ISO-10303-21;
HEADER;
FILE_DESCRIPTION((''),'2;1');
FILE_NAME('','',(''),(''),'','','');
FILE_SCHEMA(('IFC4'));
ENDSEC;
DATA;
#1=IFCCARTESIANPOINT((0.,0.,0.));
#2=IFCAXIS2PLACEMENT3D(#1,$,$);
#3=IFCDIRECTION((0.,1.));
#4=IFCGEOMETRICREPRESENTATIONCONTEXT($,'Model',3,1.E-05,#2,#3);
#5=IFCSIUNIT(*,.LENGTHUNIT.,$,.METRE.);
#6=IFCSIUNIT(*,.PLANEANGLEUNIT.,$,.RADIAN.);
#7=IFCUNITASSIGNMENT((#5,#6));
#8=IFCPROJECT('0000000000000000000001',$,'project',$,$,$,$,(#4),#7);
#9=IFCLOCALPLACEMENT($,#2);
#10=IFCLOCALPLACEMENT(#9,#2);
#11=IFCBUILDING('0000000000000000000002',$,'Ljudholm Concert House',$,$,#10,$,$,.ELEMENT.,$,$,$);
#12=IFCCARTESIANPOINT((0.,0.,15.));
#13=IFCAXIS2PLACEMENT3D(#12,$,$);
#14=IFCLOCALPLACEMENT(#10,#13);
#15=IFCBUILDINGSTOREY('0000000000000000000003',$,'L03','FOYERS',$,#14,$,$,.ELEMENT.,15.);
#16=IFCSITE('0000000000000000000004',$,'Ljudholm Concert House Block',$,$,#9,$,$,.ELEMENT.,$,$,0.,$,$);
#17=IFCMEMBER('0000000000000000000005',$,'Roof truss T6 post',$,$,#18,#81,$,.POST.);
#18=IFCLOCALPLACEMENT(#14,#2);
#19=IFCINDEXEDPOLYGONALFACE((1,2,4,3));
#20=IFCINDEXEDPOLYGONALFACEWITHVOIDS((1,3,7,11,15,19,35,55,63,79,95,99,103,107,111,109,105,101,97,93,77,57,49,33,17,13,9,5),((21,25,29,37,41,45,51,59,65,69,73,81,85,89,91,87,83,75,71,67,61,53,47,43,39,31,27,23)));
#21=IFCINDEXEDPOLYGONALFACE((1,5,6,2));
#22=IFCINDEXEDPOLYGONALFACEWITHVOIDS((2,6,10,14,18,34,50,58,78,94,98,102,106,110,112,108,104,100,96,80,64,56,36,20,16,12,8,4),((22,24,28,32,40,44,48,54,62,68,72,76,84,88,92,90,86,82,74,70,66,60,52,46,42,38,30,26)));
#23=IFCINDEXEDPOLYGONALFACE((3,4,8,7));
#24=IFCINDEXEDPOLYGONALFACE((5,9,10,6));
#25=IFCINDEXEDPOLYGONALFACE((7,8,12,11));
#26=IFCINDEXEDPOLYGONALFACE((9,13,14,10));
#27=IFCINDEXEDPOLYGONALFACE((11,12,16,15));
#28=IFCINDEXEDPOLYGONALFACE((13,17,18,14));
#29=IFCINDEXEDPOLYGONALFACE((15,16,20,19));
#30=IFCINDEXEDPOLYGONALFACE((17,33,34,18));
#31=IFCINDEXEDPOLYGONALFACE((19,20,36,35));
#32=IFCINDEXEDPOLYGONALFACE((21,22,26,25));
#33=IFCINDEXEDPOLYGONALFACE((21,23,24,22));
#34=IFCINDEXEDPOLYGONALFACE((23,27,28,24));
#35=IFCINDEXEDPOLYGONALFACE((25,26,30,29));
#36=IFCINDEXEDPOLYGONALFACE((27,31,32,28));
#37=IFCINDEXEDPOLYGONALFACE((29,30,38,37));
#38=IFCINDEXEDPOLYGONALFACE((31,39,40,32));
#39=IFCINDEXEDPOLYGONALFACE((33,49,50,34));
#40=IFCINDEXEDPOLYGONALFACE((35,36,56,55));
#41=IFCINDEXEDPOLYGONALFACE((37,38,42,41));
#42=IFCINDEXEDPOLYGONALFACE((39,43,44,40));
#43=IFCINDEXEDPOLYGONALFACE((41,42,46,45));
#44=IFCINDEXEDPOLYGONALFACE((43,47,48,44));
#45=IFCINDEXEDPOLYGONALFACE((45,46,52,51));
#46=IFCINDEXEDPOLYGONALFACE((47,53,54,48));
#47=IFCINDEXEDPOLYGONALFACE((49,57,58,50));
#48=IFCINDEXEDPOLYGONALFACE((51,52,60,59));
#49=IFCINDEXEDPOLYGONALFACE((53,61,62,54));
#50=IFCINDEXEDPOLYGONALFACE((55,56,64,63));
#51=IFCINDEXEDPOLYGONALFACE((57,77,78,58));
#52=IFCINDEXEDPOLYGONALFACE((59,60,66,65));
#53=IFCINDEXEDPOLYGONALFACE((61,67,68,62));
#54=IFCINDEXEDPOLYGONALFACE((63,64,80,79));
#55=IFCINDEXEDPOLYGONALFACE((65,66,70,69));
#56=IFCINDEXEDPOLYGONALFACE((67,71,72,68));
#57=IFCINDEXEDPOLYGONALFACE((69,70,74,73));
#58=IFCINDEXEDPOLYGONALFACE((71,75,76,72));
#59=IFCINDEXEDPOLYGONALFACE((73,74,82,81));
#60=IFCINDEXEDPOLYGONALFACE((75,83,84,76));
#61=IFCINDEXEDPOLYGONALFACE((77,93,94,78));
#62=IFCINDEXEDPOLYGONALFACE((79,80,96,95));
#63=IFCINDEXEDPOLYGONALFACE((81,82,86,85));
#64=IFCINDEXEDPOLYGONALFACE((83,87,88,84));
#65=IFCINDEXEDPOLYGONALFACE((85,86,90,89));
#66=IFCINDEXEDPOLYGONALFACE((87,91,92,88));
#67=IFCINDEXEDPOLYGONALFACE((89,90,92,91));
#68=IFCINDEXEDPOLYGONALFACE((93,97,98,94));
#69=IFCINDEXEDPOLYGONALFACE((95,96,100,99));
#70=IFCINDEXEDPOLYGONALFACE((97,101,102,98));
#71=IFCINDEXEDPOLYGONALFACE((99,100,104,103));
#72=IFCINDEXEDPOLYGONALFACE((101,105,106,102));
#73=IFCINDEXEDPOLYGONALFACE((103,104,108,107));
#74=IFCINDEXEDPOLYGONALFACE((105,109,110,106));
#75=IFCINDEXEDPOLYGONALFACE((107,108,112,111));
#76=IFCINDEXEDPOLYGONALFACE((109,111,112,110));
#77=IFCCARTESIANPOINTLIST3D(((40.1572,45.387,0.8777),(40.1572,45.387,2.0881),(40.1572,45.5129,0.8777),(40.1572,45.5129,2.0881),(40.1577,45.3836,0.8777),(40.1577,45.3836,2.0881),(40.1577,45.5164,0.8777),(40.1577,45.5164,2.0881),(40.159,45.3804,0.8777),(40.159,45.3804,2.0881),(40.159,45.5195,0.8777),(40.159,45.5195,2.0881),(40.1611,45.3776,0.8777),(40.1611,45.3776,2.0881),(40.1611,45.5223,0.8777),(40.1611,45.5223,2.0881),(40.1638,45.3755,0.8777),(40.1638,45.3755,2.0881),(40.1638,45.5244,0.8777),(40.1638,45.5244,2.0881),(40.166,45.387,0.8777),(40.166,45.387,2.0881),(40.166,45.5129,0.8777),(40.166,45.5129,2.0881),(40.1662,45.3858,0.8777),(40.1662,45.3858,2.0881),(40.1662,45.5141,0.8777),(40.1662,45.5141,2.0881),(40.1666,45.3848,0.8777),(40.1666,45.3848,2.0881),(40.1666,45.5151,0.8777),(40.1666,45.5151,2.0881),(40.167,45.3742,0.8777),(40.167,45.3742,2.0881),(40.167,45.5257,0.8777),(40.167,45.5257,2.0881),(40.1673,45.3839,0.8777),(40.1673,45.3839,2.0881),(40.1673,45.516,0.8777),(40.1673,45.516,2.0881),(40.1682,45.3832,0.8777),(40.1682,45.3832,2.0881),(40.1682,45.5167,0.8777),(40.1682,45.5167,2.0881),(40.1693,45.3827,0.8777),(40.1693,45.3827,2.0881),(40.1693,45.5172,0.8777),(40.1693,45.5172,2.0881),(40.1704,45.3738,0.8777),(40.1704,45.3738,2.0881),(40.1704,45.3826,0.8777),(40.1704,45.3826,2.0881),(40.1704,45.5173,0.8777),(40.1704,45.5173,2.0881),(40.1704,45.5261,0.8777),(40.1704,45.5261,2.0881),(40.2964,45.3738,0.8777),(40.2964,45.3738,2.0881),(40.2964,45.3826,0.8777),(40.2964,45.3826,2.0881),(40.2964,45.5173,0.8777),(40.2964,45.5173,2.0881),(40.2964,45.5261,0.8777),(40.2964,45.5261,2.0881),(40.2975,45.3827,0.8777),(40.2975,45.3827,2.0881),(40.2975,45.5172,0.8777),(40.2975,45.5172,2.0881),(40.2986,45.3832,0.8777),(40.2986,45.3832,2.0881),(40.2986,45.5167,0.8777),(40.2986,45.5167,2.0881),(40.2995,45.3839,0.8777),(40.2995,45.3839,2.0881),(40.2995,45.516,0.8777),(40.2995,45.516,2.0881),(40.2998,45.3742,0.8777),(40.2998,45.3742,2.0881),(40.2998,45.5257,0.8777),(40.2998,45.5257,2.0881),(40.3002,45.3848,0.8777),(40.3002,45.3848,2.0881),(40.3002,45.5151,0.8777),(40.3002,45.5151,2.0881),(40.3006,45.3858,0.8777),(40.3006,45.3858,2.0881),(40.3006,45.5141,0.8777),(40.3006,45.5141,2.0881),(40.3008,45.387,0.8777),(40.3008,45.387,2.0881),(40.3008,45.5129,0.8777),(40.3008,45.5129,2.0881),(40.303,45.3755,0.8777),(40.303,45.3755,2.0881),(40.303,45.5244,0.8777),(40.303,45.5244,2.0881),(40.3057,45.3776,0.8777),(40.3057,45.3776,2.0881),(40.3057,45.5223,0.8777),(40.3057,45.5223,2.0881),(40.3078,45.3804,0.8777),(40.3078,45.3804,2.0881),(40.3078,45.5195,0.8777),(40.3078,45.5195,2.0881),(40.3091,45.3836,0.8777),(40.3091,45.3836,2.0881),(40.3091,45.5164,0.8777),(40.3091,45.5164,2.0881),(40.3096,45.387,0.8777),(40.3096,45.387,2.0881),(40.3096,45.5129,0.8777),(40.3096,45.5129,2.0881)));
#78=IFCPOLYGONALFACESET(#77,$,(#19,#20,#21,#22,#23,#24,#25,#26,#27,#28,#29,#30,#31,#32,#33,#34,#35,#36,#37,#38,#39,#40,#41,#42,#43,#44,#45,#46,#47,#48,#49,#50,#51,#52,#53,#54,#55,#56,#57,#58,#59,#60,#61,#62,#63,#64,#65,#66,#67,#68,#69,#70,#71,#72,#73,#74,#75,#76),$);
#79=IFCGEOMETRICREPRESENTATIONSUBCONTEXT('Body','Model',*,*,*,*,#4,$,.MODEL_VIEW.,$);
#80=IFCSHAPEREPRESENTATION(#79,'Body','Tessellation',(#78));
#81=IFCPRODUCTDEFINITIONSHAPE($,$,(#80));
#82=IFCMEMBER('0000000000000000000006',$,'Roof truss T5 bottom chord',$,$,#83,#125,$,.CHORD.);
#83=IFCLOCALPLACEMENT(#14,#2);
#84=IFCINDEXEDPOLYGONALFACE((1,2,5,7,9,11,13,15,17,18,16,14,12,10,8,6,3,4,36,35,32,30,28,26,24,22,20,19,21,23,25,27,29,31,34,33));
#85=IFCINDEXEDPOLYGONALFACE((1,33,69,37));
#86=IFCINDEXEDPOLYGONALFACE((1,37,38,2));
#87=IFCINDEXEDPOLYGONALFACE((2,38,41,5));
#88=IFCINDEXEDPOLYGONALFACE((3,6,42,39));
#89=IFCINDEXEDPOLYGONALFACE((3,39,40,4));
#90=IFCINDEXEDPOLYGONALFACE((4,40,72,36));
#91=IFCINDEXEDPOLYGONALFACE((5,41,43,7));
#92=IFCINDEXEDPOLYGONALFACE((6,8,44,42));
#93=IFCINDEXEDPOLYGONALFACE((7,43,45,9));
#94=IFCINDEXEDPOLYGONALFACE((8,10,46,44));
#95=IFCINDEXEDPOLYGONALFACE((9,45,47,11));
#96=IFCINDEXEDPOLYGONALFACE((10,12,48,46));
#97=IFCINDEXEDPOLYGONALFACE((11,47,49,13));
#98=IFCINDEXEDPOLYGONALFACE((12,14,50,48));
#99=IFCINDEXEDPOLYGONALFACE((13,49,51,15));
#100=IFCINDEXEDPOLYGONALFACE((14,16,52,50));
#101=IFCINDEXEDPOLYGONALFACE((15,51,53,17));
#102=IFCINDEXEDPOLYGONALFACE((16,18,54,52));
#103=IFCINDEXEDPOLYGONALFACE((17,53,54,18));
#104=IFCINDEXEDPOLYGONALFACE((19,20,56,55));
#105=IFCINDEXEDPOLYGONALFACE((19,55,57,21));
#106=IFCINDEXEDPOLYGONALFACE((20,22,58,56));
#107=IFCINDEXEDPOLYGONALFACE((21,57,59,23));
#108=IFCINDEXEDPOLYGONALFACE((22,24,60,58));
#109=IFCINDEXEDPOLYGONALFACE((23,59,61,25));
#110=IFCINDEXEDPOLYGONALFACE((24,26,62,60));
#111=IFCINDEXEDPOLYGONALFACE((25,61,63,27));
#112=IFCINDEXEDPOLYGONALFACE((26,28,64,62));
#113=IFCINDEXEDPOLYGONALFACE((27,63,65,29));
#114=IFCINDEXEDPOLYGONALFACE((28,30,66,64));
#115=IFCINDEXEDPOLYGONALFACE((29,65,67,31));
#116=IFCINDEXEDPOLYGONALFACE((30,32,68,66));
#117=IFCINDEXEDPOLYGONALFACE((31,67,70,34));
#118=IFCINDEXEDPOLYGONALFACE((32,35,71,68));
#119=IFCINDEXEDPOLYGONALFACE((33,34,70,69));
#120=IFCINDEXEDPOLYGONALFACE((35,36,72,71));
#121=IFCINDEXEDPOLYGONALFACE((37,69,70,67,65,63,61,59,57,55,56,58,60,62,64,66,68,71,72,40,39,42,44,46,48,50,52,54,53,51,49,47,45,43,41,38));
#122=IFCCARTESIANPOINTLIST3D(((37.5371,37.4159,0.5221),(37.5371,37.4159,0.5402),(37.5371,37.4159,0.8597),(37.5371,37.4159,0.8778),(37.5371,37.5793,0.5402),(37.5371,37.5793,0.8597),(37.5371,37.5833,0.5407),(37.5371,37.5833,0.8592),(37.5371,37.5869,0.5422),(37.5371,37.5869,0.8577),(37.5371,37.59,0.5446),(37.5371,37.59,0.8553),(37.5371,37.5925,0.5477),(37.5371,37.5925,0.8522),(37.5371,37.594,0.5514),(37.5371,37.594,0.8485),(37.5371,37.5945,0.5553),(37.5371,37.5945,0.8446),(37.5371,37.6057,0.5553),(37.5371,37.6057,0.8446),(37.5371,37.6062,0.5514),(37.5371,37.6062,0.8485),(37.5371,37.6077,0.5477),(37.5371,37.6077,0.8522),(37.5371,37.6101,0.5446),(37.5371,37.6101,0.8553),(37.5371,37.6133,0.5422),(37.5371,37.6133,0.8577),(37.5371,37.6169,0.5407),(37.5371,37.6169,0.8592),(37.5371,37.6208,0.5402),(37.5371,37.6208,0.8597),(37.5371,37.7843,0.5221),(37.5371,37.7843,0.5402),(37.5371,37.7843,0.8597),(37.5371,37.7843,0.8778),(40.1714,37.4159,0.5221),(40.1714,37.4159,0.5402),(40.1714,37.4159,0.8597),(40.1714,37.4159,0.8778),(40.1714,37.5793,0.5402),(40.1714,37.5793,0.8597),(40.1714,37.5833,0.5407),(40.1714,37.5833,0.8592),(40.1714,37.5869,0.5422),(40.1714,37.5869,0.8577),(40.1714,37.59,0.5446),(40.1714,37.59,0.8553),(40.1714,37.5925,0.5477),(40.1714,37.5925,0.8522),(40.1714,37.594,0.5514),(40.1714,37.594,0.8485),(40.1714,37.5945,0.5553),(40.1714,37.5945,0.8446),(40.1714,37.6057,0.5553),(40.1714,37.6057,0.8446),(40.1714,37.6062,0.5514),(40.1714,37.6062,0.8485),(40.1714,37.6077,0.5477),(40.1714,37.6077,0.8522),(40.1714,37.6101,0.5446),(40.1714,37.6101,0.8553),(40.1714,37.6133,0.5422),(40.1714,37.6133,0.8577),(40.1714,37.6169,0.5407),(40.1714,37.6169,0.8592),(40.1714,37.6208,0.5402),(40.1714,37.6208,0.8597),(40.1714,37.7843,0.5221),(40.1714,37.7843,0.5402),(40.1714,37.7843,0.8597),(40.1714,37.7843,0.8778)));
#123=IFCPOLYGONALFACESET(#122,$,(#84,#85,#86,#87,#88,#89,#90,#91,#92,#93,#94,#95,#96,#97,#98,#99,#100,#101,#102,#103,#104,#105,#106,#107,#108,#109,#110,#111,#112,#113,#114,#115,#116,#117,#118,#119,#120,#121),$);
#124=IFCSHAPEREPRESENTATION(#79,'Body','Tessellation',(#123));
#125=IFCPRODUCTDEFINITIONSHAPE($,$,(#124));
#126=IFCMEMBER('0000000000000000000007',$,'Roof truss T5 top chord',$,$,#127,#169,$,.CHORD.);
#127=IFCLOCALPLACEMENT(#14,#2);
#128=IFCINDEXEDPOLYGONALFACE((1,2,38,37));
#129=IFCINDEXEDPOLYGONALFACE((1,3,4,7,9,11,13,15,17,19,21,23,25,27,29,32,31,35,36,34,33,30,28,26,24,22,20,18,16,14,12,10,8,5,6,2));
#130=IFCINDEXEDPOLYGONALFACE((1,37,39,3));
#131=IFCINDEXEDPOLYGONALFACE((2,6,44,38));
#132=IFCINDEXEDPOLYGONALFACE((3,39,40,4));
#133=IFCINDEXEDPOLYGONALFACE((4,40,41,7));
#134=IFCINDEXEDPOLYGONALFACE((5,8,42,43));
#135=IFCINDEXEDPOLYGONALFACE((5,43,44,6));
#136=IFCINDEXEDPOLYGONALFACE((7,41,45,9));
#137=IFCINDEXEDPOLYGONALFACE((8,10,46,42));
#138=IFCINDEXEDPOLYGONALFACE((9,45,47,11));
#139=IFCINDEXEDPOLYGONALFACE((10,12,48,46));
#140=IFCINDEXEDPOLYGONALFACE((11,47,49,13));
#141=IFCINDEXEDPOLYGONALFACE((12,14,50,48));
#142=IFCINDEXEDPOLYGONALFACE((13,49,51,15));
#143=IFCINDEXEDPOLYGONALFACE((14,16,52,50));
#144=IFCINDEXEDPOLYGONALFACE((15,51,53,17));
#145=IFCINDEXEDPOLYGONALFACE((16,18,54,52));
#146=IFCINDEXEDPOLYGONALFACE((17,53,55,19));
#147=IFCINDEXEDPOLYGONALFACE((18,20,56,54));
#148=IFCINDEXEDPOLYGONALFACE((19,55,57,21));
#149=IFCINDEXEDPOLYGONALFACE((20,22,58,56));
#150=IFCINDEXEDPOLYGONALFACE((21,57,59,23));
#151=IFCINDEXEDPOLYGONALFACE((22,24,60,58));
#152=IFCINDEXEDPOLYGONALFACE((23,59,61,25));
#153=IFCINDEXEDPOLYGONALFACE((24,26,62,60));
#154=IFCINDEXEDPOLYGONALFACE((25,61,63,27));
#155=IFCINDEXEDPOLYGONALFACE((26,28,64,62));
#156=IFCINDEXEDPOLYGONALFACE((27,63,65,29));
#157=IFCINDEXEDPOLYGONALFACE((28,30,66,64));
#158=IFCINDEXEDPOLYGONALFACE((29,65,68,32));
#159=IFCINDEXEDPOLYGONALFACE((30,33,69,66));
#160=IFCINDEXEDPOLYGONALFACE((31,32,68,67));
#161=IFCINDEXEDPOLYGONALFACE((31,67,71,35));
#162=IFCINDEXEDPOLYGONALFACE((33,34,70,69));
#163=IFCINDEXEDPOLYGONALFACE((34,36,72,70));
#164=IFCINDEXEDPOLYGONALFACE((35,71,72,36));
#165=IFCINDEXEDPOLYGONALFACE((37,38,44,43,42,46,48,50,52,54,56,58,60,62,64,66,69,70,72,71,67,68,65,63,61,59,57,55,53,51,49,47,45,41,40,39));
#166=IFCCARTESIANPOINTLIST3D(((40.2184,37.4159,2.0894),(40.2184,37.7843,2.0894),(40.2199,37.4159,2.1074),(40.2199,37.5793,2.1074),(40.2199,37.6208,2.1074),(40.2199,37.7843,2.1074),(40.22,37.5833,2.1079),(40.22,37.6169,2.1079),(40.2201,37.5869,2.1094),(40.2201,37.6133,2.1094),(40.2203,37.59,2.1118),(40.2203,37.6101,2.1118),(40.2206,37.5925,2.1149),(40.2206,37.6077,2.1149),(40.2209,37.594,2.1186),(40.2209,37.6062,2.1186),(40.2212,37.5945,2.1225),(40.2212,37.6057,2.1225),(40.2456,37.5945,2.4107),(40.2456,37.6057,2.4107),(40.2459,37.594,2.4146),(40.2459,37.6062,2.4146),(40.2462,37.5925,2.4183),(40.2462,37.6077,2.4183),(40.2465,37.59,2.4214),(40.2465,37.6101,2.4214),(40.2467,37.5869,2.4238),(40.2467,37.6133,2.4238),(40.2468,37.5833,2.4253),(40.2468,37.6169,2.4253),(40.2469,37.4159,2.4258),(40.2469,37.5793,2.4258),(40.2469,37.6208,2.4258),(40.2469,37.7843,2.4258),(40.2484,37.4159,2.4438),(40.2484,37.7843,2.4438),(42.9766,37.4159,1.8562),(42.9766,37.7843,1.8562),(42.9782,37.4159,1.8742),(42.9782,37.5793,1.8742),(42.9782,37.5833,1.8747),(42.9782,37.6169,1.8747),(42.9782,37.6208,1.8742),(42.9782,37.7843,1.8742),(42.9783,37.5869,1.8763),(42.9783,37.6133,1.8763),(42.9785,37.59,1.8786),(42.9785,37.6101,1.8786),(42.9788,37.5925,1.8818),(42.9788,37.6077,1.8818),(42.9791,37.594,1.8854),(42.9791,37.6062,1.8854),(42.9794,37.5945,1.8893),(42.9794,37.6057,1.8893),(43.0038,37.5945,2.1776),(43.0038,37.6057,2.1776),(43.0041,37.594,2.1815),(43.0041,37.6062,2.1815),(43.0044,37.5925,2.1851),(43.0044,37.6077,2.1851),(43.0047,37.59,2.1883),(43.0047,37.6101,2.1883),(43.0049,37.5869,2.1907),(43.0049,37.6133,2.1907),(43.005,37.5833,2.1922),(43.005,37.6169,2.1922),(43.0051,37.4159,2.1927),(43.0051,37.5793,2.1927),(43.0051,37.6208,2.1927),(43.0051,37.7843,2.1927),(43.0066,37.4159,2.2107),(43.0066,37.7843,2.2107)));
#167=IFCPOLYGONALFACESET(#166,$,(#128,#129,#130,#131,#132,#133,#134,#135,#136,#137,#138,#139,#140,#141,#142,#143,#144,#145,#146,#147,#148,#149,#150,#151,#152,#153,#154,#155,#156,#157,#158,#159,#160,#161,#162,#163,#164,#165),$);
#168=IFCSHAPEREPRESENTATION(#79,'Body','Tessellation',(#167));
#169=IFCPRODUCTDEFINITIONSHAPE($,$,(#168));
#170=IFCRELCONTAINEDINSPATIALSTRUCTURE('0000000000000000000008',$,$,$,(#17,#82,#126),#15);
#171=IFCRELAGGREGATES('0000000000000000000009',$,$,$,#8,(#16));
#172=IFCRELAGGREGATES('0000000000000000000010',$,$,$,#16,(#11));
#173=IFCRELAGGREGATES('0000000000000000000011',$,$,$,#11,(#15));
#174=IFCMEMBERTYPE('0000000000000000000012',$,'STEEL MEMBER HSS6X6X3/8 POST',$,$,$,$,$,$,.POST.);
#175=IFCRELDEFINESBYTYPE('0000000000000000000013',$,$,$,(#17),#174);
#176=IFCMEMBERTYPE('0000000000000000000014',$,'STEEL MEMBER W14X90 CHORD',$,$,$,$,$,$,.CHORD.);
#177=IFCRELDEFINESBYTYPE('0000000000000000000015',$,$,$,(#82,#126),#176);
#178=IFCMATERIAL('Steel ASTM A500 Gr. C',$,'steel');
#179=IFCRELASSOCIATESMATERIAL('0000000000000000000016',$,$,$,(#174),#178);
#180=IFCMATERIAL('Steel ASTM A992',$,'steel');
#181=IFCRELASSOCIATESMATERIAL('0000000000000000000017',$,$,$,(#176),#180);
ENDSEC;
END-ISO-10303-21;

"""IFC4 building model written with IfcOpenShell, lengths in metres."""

from ifc_helpers import new_model, si_unit, direction, frame, origin, origin_2d, place, context, subcontext, project, spatial, hollow_rectangle, i_section, extrude, material, material_profile, profile_set, type_object, element, save


model = new_model("IFC4")

# Units and contexts
model_context = context("Model", 3, precision=1e-05, world=origin(), true_north=direction((0.0, 1.0)))
body_context = subcontext(model_context, "Body", "Model", "MODEL_VIEW")
ifc_project = project(units=[si_unit("LENGTHUNIT", "METRE"), si_unit("PLANEANGLEUNIT", "RADIAN")], contexts=[model_context])

# Site, building, storey
site_placement = place(None, origin())
site = spatial("IfcSite", under=ifc_project, at=site_placement, Name="Ljudholm Concert House Block", CompositionType="ELEMENT", RefElevation=0.0)
building_placement = place(site_placement, origin())
building = spatial("IfcBuilding", under=site, at=building_placement, Name="Ljudholm Concert House", CompositionType="ELEMENT")
storey_placement = place(building_placement, frame((0.0, 0.0, 15.0)))
storey = spatial("IfcBuildingStorey", under=building, at=storey_placement, Name="L03", Description="FOYERS", CompositionType="ELEMENT", Elevation=15.0)

# Members
ifc_material_1 = material(Name="Steel ASTM A500 Gr. C", Category="steel")
ifc_material_profile_1 = material_profile(ifc_material_1, hollow_rectangle(XDim=0.1523, YDim=0.1523, WallThickness=0.0088, InnerFilletRadius=0.0044, OuterFilletRadius=0.0132, at=origin_2d()), Name="HSS6X6X3/8")
ifc_profile_set_1 = profile_set([ifc_material_profile_1], Name="Steel ASTM A500 Gr. C")
member_type_1 = type_object("IfcMemberType", Name="STEEL MEMBER HSS6X6X3/8 POST", PredefinedType="POST", material=ifc_profile_set_1)
for number, where, z_axis, x_axis, name in (
    (1, (40.2334, 45.45, 0.8777), (0.0, 0.0, 1.0), (1.0, 0.0, 0.0), "Roof truss T6 post"),
):
    element("IfcMember", number, at=place(storey_placement, frame(where, z_axis=z_axis, x_axis=x_axis)), inside=storey, type_object=member_type_1, Name=name, PredefinedType="POST", context=body_context, shape_type="SweptSolid", body=[
        extrude(hollow_rectangle(XDim=0.1523, YDim=0.1523, WallThickness=0.0088, InnerFilletRadius=0.0044, OuterFilletRadius=0.0132, at=origin_2d()), origin(), (0.0, 0.0, 1.0), 1.2104),
    ])
ifc_material_2 = material(Name="Steel ASTM A992", Category="steel")
ifc_material_profile_2 = material_profile(ifc_material_2, i_section(OverallWidth=0.3684, OverallDepth=0.3557, WebThickness=0.0112, FlangeThickness=0.0181, FilletRadius=0.0151, at=origin_2d()), Name="W14X90")
ifc_profile_set_2 = profile_set([ifc_material_profile_2], Name="Steel ASTM A992")
member_type_2 = type_object("IfcMemberType", Name="STEEL MEMBER W14X90 CHORD", PredefinedType="CHORD", material=ifc_profile_set_2)
member_1_placement = place(storey_placement, frame((37.5371, 37.6001, 0.7), z_axis=(1.0, 0.0, 0.0), x_axis=(0.0, 1.0, 0.0)))
element("IfcMember", 2, at=member_1_placement, inside=storey, type_object=member_type_2, Name="Roof truss T5 bottom chord", PredefinedType="CHORD", context=body_context, shape_type="SweptSolid", body=[
    extrude(i_section(OverallWidth=0.3684, OverallDepth=0.3557, WebThickness=0.0112, FlangeThickness=0.0181, FilletRadius=0.0151, at=origin_2d()), origin(), (0.0, 0.0, 1.0), 2.6343),
])
member_2_placement = place(storey_placement, frame((40.2334, 37.6001, 2.2666), z_axis=(0.996447, 0.0, -0.084228), x_axis=(0.0, 1.0, 0.0)))
element("IfcMember", 3, at=member_2_placement, inside=storey, type_object=member_type_2, Name="Roof truss T5 top chord", PredefinedType="CHORD", context=body_context, shape_type="SweptSolid", body=[
    extrude(i_section(OverallWidth=0.3684, OverallDepth=0.3557, WebThickness=0.0112, FlangeThickness=0.0181, FilletRadius=0.0151, at=origin_2d()), origin(), (0.0, 0.0, 1.0), 2.7681),
])

save(model, "model.ifc")
